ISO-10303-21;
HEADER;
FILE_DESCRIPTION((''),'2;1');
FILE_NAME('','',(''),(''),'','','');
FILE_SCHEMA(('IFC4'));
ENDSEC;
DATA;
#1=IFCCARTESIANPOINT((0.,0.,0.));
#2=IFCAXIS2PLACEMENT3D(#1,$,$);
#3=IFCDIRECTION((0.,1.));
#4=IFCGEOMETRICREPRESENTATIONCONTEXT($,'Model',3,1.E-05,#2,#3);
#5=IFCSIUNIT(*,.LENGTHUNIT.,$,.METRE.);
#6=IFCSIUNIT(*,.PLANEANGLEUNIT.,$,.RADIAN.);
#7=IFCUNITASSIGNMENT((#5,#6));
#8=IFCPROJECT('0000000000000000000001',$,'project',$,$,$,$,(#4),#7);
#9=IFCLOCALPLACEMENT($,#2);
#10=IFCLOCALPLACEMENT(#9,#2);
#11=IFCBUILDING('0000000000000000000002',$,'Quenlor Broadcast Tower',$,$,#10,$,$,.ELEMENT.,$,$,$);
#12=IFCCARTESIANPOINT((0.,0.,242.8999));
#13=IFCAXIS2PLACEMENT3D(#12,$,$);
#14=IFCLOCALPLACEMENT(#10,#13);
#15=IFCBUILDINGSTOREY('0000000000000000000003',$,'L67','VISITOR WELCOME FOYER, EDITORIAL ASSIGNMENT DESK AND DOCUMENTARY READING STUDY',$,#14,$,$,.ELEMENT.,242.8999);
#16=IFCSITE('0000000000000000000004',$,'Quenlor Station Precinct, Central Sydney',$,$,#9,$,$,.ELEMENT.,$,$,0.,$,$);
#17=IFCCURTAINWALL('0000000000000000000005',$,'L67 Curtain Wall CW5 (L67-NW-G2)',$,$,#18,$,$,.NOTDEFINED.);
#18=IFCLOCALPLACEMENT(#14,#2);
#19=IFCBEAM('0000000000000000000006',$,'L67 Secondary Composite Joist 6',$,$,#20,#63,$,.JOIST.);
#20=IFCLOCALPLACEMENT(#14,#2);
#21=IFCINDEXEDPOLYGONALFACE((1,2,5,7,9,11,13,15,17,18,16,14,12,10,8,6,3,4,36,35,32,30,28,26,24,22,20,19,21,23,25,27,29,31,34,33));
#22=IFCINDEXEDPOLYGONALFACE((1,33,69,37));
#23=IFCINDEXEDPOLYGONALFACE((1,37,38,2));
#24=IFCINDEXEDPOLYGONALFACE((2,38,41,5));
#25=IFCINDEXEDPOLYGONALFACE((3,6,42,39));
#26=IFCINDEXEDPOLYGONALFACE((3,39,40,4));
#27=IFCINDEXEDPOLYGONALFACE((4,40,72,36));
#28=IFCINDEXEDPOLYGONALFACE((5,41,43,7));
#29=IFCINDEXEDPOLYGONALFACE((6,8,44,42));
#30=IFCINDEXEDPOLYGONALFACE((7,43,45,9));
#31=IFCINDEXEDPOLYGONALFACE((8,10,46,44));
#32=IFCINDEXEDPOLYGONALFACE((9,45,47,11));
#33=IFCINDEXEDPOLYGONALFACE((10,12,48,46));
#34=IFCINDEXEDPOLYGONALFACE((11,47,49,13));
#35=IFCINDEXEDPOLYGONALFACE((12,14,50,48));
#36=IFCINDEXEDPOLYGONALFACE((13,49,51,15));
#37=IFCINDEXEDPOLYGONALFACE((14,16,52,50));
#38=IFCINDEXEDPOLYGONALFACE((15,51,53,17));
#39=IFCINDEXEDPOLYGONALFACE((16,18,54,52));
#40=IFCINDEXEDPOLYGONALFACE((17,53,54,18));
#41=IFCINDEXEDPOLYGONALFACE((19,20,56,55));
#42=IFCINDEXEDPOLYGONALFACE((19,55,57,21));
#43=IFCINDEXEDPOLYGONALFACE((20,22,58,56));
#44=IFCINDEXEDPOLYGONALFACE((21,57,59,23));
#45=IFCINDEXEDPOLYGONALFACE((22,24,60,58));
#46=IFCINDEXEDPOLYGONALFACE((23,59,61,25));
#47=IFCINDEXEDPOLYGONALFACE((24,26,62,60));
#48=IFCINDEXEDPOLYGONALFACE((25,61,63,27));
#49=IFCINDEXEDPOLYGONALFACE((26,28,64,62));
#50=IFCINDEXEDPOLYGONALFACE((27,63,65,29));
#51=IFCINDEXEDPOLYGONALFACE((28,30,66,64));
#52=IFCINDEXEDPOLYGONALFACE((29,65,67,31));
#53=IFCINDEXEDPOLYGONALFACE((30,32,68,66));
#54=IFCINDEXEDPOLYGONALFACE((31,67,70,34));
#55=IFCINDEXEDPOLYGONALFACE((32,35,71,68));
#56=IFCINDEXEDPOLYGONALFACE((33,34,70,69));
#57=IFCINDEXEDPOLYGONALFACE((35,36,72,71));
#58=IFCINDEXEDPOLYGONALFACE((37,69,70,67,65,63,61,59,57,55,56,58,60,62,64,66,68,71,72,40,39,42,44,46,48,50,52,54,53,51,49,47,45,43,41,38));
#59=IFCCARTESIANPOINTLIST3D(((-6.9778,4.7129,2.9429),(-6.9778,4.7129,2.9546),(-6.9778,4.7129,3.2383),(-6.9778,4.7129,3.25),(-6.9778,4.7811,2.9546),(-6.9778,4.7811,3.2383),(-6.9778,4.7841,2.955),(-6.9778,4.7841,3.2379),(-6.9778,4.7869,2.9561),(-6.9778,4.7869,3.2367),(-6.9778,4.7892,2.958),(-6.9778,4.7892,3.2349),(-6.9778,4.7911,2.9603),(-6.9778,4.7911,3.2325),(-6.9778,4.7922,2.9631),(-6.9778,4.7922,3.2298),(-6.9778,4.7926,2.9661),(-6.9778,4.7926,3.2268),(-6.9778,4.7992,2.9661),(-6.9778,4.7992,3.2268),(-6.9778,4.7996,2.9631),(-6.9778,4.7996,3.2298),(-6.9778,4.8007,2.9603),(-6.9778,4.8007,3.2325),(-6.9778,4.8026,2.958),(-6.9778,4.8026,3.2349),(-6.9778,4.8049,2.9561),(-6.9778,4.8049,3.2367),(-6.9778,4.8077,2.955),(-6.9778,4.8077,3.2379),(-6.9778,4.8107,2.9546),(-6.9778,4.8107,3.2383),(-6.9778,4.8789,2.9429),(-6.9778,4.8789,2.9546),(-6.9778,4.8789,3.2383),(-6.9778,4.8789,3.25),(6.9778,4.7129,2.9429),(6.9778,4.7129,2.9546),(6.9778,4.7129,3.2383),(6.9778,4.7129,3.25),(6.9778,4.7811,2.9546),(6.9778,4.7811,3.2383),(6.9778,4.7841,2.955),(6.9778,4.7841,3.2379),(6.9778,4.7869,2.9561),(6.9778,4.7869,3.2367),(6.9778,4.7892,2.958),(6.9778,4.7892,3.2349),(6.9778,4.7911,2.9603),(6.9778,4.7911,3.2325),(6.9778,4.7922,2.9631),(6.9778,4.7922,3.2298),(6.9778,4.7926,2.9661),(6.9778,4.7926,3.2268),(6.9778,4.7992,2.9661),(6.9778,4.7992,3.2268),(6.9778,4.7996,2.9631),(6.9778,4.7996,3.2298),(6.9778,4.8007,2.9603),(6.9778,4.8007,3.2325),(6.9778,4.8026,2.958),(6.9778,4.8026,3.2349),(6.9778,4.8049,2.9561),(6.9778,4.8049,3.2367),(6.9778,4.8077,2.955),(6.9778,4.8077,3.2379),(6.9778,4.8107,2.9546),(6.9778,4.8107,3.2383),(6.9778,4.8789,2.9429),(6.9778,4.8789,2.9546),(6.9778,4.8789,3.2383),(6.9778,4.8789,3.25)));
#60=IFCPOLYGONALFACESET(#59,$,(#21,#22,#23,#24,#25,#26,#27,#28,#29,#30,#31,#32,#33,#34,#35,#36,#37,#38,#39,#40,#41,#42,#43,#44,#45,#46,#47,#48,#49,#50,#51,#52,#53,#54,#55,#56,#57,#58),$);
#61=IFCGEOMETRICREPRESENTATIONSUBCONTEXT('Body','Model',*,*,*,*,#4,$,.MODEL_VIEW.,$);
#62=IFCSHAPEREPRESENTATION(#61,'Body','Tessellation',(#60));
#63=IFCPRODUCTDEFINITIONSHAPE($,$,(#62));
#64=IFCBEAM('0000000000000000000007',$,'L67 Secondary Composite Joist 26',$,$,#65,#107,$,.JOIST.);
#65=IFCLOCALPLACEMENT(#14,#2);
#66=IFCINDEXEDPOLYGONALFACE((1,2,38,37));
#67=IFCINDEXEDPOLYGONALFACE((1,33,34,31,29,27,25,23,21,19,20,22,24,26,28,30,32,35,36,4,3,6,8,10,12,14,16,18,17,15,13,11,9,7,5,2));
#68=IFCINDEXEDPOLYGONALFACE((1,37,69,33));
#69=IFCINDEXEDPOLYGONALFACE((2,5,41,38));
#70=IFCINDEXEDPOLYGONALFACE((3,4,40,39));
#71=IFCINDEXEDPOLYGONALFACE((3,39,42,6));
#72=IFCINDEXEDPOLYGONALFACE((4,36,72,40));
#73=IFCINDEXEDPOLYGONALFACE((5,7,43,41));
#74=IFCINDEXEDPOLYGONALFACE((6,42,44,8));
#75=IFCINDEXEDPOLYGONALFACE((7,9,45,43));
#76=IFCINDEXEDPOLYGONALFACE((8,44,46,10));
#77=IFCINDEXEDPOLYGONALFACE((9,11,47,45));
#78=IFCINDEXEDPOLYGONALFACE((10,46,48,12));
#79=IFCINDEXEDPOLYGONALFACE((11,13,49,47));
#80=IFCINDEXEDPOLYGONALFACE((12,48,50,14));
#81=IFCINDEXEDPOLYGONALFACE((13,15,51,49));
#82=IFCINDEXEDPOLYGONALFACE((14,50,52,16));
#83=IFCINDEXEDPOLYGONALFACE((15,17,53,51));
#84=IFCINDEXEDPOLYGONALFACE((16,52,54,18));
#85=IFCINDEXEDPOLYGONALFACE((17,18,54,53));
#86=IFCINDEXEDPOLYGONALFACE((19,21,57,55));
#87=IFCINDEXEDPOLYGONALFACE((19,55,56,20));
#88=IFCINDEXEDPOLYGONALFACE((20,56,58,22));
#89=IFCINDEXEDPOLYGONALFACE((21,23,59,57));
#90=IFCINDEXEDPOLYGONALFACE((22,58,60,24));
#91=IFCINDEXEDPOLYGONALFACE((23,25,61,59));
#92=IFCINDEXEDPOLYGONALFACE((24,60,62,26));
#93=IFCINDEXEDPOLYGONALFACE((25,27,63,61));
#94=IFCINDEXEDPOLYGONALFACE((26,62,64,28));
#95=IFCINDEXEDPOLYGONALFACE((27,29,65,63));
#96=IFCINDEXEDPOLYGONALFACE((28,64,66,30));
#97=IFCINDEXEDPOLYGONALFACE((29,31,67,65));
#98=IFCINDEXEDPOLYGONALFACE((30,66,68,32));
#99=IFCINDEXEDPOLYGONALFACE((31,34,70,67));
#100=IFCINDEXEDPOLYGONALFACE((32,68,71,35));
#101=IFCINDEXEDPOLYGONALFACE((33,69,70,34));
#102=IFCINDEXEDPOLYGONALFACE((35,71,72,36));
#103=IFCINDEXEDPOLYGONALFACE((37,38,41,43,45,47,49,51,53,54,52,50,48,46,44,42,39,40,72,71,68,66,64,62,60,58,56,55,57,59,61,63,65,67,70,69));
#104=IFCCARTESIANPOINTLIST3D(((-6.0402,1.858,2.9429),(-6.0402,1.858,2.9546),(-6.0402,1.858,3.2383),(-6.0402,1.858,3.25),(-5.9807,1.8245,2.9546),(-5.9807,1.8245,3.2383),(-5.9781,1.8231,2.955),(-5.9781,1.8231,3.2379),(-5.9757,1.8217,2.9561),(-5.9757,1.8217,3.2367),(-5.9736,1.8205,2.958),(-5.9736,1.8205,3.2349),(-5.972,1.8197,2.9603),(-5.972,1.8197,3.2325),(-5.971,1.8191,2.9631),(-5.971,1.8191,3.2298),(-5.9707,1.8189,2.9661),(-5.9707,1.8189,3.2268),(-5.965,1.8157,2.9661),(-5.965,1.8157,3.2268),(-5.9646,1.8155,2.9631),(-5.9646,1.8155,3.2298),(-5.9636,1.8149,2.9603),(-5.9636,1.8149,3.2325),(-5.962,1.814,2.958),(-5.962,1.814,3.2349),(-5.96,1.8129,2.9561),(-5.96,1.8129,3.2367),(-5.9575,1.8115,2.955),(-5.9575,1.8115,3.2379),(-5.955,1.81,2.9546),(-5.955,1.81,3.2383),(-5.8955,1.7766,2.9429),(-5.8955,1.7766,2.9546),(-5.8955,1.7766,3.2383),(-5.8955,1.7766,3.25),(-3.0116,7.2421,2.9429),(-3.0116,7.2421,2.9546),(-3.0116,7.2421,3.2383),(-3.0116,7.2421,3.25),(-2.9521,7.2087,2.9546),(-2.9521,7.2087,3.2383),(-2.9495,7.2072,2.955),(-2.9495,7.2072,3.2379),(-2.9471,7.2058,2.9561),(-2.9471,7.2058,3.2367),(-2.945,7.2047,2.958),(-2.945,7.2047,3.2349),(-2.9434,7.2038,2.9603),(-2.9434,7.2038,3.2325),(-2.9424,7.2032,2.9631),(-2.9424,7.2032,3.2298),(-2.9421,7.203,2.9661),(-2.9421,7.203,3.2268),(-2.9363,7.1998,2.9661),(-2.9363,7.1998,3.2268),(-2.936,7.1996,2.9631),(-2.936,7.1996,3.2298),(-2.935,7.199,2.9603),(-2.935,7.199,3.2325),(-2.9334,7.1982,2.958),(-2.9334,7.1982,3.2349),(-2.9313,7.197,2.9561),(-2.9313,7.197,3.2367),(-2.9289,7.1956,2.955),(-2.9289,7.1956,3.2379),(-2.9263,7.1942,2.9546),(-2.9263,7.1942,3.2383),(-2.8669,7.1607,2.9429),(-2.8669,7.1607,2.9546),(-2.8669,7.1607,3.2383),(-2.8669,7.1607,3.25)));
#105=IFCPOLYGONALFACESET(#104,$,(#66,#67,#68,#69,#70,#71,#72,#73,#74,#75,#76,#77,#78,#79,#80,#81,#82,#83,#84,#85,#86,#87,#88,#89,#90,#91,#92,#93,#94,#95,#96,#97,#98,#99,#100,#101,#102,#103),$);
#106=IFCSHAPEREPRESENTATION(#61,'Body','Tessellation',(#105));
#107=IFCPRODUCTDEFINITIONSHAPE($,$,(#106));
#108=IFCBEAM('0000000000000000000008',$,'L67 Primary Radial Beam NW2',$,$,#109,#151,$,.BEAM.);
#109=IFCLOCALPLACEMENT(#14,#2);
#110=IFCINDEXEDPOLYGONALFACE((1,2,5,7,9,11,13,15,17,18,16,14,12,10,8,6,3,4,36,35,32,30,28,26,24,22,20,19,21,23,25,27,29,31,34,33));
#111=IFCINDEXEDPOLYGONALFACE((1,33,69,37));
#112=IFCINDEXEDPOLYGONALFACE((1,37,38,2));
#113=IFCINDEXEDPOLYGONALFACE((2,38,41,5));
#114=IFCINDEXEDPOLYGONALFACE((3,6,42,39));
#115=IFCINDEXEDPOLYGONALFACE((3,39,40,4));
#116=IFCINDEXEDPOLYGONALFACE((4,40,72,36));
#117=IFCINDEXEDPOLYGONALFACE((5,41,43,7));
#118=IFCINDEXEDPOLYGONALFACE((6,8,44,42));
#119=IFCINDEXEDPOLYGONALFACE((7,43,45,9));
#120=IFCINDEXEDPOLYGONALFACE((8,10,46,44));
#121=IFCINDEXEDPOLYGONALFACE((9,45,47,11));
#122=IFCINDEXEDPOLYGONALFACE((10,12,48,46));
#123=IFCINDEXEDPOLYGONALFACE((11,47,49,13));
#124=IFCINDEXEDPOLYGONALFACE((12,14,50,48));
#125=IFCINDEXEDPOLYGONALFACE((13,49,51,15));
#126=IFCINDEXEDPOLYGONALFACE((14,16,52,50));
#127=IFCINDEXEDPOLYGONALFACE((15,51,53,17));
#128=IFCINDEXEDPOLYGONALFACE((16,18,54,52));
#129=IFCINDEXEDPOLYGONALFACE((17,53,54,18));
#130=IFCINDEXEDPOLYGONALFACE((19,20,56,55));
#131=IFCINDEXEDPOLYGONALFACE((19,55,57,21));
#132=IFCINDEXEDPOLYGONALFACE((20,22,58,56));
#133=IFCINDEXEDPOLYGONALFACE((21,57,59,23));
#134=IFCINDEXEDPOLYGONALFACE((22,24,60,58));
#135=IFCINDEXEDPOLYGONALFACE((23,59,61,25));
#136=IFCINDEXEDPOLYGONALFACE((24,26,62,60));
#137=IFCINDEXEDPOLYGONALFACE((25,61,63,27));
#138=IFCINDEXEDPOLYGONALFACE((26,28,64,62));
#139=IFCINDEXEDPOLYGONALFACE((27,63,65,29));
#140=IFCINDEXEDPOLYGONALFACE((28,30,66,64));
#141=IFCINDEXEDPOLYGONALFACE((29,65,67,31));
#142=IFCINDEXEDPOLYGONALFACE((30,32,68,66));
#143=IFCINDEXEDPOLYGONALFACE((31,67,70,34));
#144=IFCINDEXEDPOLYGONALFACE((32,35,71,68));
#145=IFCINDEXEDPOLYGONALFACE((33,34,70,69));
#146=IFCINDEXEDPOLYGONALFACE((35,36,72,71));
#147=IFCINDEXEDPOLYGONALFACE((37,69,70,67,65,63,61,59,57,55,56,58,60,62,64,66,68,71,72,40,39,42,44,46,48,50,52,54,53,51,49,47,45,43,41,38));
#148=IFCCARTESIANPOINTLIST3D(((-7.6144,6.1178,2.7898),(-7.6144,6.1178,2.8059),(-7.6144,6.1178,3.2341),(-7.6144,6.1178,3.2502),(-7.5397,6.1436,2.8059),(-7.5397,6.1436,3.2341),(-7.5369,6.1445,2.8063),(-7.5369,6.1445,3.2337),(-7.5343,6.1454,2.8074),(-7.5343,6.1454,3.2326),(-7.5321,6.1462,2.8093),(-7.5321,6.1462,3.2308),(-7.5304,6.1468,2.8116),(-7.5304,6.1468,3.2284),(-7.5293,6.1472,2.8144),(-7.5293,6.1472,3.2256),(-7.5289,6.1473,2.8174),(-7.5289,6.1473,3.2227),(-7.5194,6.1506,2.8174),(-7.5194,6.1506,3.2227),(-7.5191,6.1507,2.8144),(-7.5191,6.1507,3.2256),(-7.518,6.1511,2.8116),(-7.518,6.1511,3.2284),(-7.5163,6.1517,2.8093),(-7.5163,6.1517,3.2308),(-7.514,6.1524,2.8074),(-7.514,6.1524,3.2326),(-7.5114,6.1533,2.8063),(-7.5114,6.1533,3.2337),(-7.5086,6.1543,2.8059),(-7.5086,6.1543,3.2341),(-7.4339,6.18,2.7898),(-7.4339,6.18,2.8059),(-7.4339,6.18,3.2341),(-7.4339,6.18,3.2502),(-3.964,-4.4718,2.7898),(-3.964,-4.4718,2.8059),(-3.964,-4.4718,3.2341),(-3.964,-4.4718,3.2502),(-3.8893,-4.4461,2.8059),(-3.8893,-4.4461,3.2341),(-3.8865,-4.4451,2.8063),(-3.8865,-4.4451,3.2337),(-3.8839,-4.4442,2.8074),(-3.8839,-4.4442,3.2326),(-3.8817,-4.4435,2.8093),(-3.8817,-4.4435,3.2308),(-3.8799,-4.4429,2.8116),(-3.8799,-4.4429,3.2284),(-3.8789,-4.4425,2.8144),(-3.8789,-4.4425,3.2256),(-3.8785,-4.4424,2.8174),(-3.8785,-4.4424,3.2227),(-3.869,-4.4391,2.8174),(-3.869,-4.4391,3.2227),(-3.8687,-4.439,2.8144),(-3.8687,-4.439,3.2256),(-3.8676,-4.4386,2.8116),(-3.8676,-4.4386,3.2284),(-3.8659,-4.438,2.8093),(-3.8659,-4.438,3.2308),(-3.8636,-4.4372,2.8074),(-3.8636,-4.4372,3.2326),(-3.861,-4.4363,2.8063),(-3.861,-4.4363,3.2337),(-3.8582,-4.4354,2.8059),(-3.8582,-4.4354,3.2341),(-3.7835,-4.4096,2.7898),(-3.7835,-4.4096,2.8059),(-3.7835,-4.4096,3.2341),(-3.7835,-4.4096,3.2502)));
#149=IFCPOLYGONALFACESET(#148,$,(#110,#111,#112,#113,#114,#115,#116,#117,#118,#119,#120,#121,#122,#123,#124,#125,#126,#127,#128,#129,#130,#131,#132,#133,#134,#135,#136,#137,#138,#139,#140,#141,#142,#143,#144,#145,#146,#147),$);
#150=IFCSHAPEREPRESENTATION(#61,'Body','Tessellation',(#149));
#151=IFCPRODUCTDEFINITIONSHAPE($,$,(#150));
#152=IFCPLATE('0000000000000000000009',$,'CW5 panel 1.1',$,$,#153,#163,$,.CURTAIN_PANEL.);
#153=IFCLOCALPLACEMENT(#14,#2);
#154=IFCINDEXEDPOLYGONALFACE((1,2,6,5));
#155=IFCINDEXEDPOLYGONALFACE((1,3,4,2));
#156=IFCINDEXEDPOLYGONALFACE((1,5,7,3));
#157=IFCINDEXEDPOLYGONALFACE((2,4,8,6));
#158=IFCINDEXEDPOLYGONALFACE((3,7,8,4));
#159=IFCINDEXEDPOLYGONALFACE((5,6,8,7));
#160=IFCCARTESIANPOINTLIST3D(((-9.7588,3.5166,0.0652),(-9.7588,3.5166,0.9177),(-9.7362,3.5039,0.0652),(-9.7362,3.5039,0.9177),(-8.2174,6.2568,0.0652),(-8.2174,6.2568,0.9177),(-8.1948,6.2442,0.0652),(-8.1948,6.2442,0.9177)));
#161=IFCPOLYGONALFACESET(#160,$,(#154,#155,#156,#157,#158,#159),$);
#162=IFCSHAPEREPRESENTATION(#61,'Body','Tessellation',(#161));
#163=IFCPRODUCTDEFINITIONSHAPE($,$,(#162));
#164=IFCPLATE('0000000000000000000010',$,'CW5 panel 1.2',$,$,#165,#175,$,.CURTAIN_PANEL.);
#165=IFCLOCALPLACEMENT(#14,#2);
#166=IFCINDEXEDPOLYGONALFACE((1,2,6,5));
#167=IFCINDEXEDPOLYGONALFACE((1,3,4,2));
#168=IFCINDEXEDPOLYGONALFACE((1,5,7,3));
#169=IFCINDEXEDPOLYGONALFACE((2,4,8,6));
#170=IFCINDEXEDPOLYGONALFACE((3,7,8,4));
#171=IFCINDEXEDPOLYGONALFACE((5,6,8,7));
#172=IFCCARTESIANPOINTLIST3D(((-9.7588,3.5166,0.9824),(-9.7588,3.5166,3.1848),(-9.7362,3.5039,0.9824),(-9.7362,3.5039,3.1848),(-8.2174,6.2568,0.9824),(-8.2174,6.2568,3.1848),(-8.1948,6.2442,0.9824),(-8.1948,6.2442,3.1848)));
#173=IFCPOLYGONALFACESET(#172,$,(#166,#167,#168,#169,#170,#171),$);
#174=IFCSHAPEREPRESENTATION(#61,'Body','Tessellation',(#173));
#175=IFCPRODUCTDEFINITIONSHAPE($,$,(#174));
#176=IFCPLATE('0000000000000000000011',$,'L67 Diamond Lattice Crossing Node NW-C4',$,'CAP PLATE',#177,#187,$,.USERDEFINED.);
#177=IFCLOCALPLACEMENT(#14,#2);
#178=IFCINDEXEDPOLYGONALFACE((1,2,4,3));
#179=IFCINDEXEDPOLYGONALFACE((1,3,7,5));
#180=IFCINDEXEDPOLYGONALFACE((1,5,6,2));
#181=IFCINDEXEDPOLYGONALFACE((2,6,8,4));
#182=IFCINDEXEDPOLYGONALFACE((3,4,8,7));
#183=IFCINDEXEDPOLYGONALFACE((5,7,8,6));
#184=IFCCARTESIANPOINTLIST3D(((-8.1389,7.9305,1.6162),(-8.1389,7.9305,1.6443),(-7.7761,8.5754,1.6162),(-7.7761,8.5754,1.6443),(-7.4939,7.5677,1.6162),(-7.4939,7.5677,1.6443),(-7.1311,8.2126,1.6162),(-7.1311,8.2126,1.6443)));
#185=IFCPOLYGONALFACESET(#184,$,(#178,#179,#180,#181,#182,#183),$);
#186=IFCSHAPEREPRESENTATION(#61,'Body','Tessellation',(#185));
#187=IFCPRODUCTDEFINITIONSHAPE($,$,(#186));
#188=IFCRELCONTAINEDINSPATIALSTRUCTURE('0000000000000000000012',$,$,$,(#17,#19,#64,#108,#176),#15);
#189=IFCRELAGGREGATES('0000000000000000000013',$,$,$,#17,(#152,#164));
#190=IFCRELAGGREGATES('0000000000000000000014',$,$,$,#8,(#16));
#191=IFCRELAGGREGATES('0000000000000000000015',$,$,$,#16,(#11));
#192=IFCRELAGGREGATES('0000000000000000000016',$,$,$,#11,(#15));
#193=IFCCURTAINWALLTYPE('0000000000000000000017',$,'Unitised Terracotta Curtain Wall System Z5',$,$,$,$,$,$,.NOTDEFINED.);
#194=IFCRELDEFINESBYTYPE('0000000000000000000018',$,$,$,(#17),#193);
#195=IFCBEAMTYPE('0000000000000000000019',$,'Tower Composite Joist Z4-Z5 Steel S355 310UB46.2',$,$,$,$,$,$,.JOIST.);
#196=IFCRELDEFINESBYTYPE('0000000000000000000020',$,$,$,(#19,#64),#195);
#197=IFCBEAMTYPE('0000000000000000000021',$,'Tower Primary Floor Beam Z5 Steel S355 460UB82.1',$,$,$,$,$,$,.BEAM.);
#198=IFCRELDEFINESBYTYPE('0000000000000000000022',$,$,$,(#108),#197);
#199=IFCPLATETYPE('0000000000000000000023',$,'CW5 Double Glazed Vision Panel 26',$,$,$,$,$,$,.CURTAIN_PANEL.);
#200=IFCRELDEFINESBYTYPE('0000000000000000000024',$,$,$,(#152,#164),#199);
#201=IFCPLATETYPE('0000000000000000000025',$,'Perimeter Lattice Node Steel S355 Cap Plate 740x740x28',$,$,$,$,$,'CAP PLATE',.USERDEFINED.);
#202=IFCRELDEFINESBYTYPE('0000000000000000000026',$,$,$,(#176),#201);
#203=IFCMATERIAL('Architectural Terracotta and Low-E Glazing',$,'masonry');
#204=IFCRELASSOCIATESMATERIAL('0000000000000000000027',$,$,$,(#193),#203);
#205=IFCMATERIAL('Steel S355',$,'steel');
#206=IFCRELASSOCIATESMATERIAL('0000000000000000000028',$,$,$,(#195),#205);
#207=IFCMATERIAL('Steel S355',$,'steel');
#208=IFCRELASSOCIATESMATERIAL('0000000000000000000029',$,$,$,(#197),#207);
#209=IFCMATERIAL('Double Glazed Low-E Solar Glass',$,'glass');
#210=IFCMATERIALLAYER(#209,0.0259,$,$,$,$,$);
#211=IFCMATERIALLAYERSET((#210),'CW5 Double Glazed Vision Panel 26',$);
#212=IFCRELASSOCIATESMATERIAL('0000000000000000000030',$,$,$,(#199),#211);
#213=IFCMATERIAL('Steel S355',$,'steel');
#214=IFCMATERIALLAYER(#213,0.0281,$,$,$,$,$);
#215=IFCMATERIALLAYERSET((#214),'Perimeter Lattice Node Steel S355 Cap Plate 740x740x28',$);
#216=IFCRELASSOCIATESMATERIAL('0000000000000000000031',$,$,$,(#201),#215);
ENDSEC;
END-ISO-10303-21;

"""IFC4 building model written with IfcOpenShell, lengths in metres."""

from ifc_helpers import new_model, si_unit, direction, frame, origin, origin_2d, place, context, subcontext, project, spatial, rectangle, i_section, extrude, material, layer, layer_set, material_profile, profile_set, type_object, element, aggregate, save


model = new_model("IFC4")

# Units and contexts
model_context = context("Model", 3, precision=1e-05, world=origin(), true_north=direction((0.0, 1.0)))
body_context = subcontext(model_context, "Body", "Model", "MODEL_VIEW")
ifc_project = project(units=[si_unit("LENGTHUNIT", "METRE"), si_unit("PLANEANGLEUNIT", "RADIAN")], contexts=[model_context])

# Site, building, storey
site_placement = place(None, origin())
site = spatial("IfcSite", under=ifc_project, at=site_placement, Name="Quenlor Station Precinct, Central Sydney", CompositionType="ELEMENT", RefElevation=0.0)
building_placement = place(site_placement, origin())
building = spatial("IfcBuilding", under=site, at=building_placement, Name="Quenlor Broadcast Tower", CompositionType="ELEMENT")
storey_placement = place(building_placement, frame((0.0, 0.0, 242.8999)))
storey = spatial("IfcBuildingStorey", under=building, at=storey_placement, Name="L67", Description="VISITOR WELCOME FOYER, EDITORIAL ASSIGNMENT DESK AND DOCUMENTARY READING STUDY", CompositionType="ELEMENT", Elevation=242.8999)

# Curtain wall
ifc_material_1 = material(Name="Architectural Terracotta and Low-E Glazing", Category="masonry")
curtain_wall_type = type_object("IfcCurtainWallType", Name="Unitised Terracotta Curtain Wall System Z5", PredefinedType="NOTDEFINED", material=ifc_material_1)
curtain_wall_placement = place(storey_placement, origin())
curtain_wall = element("IfcCurtainWall", 1, at=curtain_wall_placement, inside=storey, type_object=curtain_wall_type, Name="L67 Curtain Wall CW5 (L67-NW-G2)", PredefinedType="NOTDEFINED")

# Beams
ifc_material_2 = material(Name="Steel S355", Category="steel")
ifc_material_profile_1 = material_profile(ifc_material_2, i_section(OverallWidth=0.166, OverallDepth=0.3071, WebThickness=0.0066, FlangeThickness=0.0117, FilletRadius=0.0115, at=origin_2d()))
ifc_profile_set_1 = profile_set([ifc_material_profile_1], Name="Steel S355 310UB46.2")
beam_type_1 = type_object("IfcBeamType", Name="Tower Composite Joist Z4-Z5 Steel S355 310UB46.2", PredefinedType="JOIST", material=ifc_profile_set_1)
beam_1_placement = place(storey_placement, frame((-6.9778, 4.7959, 3.0964), z_axis=(1.0, 0.0, 0.0), x_axis=(0.0, 1.0, 0.0)))
element("IfcBeam", 2, at=beam_1_placement, inside=storey, type_object=beam_type_1, Name="L67 Secondary Composite Joist 6", PredefinedType="JOIST", context=body_context, shape_type="SweptSolid", body=[
    extrude(i_section(OverallWidth=0.166, OverallDepth=0.3071, WebThickness=0.0066, FlangeThickness=0.0117, FilletRadius=0.0115, at=origin_2d()), origin(), (0.0, 0.0, 1.0), 13.9556),
])
beam_2_placement = place(storey_placement, frame((-2.9392, 7.2014, 3.0964), z_axis=(-0.490267, -0.871572, 0.0), x_axis=(0.871572, -0.490267, 0.0)))
element("IfcBeam", 3, at=beam_2_placement, inside=storey, type_object=beam_type_1, Name="L67 Secondary Composite Joist 26", PredefinedType="JOIST", context=body_context, shape_type="SweptSolid", body=[
    extrude(i_section(OverallWidth=0.166, OverallDepth=0.3071, WebThickness=0.0066, FlangeThickness=0.0117, FilletRadius=0.0115, at=origin_2d()), origin(), (0.0, 0.0, 1.0), 6.1775),
])
ifc_material_3 = material(Name="Steel S355", Category="steel")
ifc_material_profile_2 = material_profile(ifc_material_3, i_section(OverallWidth=0.1909, OverallDepth=0.4604, WebThickness=0.01, FlangeThickness=0.0161, FilletRadius=0.0115, at=origin_2d()))
ifc_profile_set_2 = profile_set([ifc_material_profile_2], Name="Steel S355 460UB82.1")
beam_type_2 = type_object("IfcBeamType", Name="Tower Primary Floor Beam Z5 Steel S355 460UB82.1", PredefinedType="BEAM", material=ifc_profile_set_2)
beam_3_placement = place(storey_placement, frame((-7.5242, 6.1489, 3.02), z_axis=(0.325895, -0.945406, 0.0), x_axis=(0.945406, 0.325895, 0.0)))
element("IfcBeam", 4, at=beam_3_placement, inside=storey, type_object=beam_type_2, Name="L67 Primary Radial Beam NW2", PredefinedType="BEAM", context=body_context, shape_type="SweptSolid", body=[
    extrude(i_section(OverallWidth=0.1909, OverallDepth=0.4604, WebThickness=0.01, FlangeThickness=0.0161, FilletRadius=0.0115, at=origin_2d()), origin(), (0.0, 0.0, 1.0), 11.2012),
])

# Plates
ifc_material_4 = material(Name="Double Glazed Low-E Solar Glass", Category="glass")
ifc_layer_1 = layer(ifc_material_4, 0.0259)
ifc_layer_set_1 = layer_set([ifc_layer_1], Name="CW5 Double Glazed Vision Panel 26")
plate_type_1 = type_object("IfcPlateType", Name="CW5 Double Glazed Vision Panel 26", PredefinedType="CURTAIN_PANEL", material=ifc_layer_set_1)
plate_1_placement = place(storey_placement, frame((-8.9768, 4.8804, 0.0652), z_axis=(0.0, 0.0, 1.0), x_axis=(0.490263, 0.871575, 0.0)))
plate_1 = element("IfcPlate", 5, at=plate_1_placement, type_object=plate_type_1, Name="CW5 panel 1.1", PredefinedType="CURTAIN_PANEL", context=body_context, shape_type="SweptSolid", body=[
    extrude(rectangle(XDim=3.144, YDim=0.0259, at=origin_2d()), origin(), (0.0, 0.0, 1.0), 0.8525),
])
plate_2_placement = place(storey_placement, frame((-8.9768, 4.8804, 0.9824), z_axis=(0.0, 0.0, 1.0), x_axis=(0.490263, 0.871575, 0.0)))
plate_2 = element("IfcPlate", 6, at=plate_2_placement, type_object=plate_type_1, Name="CW5 panel 1.2", PredefinedType="CURTAIN_PANEL", context=body_context, shape_type="SweptSolid", body=[
    extrude(rectangle(XDim=3.144, YDim=0.0259, at=origin_2d()), origin(), (0.0, 0.0, 1.0), 2.2024),
])
aggregate(curtain_wall, [plate_1, plate_2])

# Plate
ifc_material_5 = material(Name="Steel S355", Category="steel")
ifc_layer_2 = layer(ifc_material_5, 0.0281)
ifc_layer_set_2 = layer_set([ifc_layer_2], Name="Perimeter Lattice Node Steel S355 Cap Plate 740x740x28")
plate_type_2 = type_object("IfcPlateType", Name="Perimeter Lattice Node Steel S355 Cap Plate 740x740x28", ElementType="CAP PLATE", PredefinedType="USERDEFINED", material=ifc_layer_set_2)
plate_3_placement = place(storey_placement, frame((-7.635, 8.0715, 1.6162), z_axis=(0.0, 0.0, 1.0), x_axis=(0.490295, 0.871556, 0.0)))
element("IfcPlate", 7, at=plate_3_placement, inside=storey, type_object=plate_type_2, Name="L67 Diamond Lattice Crossing Node NW-C4", ObjectType="CAP PLATE", PredefinedType="USERDEFINED", context=body_context, shape_type="SweptSolid", body=[
    extrude(rectangle(XDim=0.74, YDim=0.74, at=origin_2d()), origin(), (0.0, 0.0, 1.0), 0.0281),
])

save(model, "model.ifc")
